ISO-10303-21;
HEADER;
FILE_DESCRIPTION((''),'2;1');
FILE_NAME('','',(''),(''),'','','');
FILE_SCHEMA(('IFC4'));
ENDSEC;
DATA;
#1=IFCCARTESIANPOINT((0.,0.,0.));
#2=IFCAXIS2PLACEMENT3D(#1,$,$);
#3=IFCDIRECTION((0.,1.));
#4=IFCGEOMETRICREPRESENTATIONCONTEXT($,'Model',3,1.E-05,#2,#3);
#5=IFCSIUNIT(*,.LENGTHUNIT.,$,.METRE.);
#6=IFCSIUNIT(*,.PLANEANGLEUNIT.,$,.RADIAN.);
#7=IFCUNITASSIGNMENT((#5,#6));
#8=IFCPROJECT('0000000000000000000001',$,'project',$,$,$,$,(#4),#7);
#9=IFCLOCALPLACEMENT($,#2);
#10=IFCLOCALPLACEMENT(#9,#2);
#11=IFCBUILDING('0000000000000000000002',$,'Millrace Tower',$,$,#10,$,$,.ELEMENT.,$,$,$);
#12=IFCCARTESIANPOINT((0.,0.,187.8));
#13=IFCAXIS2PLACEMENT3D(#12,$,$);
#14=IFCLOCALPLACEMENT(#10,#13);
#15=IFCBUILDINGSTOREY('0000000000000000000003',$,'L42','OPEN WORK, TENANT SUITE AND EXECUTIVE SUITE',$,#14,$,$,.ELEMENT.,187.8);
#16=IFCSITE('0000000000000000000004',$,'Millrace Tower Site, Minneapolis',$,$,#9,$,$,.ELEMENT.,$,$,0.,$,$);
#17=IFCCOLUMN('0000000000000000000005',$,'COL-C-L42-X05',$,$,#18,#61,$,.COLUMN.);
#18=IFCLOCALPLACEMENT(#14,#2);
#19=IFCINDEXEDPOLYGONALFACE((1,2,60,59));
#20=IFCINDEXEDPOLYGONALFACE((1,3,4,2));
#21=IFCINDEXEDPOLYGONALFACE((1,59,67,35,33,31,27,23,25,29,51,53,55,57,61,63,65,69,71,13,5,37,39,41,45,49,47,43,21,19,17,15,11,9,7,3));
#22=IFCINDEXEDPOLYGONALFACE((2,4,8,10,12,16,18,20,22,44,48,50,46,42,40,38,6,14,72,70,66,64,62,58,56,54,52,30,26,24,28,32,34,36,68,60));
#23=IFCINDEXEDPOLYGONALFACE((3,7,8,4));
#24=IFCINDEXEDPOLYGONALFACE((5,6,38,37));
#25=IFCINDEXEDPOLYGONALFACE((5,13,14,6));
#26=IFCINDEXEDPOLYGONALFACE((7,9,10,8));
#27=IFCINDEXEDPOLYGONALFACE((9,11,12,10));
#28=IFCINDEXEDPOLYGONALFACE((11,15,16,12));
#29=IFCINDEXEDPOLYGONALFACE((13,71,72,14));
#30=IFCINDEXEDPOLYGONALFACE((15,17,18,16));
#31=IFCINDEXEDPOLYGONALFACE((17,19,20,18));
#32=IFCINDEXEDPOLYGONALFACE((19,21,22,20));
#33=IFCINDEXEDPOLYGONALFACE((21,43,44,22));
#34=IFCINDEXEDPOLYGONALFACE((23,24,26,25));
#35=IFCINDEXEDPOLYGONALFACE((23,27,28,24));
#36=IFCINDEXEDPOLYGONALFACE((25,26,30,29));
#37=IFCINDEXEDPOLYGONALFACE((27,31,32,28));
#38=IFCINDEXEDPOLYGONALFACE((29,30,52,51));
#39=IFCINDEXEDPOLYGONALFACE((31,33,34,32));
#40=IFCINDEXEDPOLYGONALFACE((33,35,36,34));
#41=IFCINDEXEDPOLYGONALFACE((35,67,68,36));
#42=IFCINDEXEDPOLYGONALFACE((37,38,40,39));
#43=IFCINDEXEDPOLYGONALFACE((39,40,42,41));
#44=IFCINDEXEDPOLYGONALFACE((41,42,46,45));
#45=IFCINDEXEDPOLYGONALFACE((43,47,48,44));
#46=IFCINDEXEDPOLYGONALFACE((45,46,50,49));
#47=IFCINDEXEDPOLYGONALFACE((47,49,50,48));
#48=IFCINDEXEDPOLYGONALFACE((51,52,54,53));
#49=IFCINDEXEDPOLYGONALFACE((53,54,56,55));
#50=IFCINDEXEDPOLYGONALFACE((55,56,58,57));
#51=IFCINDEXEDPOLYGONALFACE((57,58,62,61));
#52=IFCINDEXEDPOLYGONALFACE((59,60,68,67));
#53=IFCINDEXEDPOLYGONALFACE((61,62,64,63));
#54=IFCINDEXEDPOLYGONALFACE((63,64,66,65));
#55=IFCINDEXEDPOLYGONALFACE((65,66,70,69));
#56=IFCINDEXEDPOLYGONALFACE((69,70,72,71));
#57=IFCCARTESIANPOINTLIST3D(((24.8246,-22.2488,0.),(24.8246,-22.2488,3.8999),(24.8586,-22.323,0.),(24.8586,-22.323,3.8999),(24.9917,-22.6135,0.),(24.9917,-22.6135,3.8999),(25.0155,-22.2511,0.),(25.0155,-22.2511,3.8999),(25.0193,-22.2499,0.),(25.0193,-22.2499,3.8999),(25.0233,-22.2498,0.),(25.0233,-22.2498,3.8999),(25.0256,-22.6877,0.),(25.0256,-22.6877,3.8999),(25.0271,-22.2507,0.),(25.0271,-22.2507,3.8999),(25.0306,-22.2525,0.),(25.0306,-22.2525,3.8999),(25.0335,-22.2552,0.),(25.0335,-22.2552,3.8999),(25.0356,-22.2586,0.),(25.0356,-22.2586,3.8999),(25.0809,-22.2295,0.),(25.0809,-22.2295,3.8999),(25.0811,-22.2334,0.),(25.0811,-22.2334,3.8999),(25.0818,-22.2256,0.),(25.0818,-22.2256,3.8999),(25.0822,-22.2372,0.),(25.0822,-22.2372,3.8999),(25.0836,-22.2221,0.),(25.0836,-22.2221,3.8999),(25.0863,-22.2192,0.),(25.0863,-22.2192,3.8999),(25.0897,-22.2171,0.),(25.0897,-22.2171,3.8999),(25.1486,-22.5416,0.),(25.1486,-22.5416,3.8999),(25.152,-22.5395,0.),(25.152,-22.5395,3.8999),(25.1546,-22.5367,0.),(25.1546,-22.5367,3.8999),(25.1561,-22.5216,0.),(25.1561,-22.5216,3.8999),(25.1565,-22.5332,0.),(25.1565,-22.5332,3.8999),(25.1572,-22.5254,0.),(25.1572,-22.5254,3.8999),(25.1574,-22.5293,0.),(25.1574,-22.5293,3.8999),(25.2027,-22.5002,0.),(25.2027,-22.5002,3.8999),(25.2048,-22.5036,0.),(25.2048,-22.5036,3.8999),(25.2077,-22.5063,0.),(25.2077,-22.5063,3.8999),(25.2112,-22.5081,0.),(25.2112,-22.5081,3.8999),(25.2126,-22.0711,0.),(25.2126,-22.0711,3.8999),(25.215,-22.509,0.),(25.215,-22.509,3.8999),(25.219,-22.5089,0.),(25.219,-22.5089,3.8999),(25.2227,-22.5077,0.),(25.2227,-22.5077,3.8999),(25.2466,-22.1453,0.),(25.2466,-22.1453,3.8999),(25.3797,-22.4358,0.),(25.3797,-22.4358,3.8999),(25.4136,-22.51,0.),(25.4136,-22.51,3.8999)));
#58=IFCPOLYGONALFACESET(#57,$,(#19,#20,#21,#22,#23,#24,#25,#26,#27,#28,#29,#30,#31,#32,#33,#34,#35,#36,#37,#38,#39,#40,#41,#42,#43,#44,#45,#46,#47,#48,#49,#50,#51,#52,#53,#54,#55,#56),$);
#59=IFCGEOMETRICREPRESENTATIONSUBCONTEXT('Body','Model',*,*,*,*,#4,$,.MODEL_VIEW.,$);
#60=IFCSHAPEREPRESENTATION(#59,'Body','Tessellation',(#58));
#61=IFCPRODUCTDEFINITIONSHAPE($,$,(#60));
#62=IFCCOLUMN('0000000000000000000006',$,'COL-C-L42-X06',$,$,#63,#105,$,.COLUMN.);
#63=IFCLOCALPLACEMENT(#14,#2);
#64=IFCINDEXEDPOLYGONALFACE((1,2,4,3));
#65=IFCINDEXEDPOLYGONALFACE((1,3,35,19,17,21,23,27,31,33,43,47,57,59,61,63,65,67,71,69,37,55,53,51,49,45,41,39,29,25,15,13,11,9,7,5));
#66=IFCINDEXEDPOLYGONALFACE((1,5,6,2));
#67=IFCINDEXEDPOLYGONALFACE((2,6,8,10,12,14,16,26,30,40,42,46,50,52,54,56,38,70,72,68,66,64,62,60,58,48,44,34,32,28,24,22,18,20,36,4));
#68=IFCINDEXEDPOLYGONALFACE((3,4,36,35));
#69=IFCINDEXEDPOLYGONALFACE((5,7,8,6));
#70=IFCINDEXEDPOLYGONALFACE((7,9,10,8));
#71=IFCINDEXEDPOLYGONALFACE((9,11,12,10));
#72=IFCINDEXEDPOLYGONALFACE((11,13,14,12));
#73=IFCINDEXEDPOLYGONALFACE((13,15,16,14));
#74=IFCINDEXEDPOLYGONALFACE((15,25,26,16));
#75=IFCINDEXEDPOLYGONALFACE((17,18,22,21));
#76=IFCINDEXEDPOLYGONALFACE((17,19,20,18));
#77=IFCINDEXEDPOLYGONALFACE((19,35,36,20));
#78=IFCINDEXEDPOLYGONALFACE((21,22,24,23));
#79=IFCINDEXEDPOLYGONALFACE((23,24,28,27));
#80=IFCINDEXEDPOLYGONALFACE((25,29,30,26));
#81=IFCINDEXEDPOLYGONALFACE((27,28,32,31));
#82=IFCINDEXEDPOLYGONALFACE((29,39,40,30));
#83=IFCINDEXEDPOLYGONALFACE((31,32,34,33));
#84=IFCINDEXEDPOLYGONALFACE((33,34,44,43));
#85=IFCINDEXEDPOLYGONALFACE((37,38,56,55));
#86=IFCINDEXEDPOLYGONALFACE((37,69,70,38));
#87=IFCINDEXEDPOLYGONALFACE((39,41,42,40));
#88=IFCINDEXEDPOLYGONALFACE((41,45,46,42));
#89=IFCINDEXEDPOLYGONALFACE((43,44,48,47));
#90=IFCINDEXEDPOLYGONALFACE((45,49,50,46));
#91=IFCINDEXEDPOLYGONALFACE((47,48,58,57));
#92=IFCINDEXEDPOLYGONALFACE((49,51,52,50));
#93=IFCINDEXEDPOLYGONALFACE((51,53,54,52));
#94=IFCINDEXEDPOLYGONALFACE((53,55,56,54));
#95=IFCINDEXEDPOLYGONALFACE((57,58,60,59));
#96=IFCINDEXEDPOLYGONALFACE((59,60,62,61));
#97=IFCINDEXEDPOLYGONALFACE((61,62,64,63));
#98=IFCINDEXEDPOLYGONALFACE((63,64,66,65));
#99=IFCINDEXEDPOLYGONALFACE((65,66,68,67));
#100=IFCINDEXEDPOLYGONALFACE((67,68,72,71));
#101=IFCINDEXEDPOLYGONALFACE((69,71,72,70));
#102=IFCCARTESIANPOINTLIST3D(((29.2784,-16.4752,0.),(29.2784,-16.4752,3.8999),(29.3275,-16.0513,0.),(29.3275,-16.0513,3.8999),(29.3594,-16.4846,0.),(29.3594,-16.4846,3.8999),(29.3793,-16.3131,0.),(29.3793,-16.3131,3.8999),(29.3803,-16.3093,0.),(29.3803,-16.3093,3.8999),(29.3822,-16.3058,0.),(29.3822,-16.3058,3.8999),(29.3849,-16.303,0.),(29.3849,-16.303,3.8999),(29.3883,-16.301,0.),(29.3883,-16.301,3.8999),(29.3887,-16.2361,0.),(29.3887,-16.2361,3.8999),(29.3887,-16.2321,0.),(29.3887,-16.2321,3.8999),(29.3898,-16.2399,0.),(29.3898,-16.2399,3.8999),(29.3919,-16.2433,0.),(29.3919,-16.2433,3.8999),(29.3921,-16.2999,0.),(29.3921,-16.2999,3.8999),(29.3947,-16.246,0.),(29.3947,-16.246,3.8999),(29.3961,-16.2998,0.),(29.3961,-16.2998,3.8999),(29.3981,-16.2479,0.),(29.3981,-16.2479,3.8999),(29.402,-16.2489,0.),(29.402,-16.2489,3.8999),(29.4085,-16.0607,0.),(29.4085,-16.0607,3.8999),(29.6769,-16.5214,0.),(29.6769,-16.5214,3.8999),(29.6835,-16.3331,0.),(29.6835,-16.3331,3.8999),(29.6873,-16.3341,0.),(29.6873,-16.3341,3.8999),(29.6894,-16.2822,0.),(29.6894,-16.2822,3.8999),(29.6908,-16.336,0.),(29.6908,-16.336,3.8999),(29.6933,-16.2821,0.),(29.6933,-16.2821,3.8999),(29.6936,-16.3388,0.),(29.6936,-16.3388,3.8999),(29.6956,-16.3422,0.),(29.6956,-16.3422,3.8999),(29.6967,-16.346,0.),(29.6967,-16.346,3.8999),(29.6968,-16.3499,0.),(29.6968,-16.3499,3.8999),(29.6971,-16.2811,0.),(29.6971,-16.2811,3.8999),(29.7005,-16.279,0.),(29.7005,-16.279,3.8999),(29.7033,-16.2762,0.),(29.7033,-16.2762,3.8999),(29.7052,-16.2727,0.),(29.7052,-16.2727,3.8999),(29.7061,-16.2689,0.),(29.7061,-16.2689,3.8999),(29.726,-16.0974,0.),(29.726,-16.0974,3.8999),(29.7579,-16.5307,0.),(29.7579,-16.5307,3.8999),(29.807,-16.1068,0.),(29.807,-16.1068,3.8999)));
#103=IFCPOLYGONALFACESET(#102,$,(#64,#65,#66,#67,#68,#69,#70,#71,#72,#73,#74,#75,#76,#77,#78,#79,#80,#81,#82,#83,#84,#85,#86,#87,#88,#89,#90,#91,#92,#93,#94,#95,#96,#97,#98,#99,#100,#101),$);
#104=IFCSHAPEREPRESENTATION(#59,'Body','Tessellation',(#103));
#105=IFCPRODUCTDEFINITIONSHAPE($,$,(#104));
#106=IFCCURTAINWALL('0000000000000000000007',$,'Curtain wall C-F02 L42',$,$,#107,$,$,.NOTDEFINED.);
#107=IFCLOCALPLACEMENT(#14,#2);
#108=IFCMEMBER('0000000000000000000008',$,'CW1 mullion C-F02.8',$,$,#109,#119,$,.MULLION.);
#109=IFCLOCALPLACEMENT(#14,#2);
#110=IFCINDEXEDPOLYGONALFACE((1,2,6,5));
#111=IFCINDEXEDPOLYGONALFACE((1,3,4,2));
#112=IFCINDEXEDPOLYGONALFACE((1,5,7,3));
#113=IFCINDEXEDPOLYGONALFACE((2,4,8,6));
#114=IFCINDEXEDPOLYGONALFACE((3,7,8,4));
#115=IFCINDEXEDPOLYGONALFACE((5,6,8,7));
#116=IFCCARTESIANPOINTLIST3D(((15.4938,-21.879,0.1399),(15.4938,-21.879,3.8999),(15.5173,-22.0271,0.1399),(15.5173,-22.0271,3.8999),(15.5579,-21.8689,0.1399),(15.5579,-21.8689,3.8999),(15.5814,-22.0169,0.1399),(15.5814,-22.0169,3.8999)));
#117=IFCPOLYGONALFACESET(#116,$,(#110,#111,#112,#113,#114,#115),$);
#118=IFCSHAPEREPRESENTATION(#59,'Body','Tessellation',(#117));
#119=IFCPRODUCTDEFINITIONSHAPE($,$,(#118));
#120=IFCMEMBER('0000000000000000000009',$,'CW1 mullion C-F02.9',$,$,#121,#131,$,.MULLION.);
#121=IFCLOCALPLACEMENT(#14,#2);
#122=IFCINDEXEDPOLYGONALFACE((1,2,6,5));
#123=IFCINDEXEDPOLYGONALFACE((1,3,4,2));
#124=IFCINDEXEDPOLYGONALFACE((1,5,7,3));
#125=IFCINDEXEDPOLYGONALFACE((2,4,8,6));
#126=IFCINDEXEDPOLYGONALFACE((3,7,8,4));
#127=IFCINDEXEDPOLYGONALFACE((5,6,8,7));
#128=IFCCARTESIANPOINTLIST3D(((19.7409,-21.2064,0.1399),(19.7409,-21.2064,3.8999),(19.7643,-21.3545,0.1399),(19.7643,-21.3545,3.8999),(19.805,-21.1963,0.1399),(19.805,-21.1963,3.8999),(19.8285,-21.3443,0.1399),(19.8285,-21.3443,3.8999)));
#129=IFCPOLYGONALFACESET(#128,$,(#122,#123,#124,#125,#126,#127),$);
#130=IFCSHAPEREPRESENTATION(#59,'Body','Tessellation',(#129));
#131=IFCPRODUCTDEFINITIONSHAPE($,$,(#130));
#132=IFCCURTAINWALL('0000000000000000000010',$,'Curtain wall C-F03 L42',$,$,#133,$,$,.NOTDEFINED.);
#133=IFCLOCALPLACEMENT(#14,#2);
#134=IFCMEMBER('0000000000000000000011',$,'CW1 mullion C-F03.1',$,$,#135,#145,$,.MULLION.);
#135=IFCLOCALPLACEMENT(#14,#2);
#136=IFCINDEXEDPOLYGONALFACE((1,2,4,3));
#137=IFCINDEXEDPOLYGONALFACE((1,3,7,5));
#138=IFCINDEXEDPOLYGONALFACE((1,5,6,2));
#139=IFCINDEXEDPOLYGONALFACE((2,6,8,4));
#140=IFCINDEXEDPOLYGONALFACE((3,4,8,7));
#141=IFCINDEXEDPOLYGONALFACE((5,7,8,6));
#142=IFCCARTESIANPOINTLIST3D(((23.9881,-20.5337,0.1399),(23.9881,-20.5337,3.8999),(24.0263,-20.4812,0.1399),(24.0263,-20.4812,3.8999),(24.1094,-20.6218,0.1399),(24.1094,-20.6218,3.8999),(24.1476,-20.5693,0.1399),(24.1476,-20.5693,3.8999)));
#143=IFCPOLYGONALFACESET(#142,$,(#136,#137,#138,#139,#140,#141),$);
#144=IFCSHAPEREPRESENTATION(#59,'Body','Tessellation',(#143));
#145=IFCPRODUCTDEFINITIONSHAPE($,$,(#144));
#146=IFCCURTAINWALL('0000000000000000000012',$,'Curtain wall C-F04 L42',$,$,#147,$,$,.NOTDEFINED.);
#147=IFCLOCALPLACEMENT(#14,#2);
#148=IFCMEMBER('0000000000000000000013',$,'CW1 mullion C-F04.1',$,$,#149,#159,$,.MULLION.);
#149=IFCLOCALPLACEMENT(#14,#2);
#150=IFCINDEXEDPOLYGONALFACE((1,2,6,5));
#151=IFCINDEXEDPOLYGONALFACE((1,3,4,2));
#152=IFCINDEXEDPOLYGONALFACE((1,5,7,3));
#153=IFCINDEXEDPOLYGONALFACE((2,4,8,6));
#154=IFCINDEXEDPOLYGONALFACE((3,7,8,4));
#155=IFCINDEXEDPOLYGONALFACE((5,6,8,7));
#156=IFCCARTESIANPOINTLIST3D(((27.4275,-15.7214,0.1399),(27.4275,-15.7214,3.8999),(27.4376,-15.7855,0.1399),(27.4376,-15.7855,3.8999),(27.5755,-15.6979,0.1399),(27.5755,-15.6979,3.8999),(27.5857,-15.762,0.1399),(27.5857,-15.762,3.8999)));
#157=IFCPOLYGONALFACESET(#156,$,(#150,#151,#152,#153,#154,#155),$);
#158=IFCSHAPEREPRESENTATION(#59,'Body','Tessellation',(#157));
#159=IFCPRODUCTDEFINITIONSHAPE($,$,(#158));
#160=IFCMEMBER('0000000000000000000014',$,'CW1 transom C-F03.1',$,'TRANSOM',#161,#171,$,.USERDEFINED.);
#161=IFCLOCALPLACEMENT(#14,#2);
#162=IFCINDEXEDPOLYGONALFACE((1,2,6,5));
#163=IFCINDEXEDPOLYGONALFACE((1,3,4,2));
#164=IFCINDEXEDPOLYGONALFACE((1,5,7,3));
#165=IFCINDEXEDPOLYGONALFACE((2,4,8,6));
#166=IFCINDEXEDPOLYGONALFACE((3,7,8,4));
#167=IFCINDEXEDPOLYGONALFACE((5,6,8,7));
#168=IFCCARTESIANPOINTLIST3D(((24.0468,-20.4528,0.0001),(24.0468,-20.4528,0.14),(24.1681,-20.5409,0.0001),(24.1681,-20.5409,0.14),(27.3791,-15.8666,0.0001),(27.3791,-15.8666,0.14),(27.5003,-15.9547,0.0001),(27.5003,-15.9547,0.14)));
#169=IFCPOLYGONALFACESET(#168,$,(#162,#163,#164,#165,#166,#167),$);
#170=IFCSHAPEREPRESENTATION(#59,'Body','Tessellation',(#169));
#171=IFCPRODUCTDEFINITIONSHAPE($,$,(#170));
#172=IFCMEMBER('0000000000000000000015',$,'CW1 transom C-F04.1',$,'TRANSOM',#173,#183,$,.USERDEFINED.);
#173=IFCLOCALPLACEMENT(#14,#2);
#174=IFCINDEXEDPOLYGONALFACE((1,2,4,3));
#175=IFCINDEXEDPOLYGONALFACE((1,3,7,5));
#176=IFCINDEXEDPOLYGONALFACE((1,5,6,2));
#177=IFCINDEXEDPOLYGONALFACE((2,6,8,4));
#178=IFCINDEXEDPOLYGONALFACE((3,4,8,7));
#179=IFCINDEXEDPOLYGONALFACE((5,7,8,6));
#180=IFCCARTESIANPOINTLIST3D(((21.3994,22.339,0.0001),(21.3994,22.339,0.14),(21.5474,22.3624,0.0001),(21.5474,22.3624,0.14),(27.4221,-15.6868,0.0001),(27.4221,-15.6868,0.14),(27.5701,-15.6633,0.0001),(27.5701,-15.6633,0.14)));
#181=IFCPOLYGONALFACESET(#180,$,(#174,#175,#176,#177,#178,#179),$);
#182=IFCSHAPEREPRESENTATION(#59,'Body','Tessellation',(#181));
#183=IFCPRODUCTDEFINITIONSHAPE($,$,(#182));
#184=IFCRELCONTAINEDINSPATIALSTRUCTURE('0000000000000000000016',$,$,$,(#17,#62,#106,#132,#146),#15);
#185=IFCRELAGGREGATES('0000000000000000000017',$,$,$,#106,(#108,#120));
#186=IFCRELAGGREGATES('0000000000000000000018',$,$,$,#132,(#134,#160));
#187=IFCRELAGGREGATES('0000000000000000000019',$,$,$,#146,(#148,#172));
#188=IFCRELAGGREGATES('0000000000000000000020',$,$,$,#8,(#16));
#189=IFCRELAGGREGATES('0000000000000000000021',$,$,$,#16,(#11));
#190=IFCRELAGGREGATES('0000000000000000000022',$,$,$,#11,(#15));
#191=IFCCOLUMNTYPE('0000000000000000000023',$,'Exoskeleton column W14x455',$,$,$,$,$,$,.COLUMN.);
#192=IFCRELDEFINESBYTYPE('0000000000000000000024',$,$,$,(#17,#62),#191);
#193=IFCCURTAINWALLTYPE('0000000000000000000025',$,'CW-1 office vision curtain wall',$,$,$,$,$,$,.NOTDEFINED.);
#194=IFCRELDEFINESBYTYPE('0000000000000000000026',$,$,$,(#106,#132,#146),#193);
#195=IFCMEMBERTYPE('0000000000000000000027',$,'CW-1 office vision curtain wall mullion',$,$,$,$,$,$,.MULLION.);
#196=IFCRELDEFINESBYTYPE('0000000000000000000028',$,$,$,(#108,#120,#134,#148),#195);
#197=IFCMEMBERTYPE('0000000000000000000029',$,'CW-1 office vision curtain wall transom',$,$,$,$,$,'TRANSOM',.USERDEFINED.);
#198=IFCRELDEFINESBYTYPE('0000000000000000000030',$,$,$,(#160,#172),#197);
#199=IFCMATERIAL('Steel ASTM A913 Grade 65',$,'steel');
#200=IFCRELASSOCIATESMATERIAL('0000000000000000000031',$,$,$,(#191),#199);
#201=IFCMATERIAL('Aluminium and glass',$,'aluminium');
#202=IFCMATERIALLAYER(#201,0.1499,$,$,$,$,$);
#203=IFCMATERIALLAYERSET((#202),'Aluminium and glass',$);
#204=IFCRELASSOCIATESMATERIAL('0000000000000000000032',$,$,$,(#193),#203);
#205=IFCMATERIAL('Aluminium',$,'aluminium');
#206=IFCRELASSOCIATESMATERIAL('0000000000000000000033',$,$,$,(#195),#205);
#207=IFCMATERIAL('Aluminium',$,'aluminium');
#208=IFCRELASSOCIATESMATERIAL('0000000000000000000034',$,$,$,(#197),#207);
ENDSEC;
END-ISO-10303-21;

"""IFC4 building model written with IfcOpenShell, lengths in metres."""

from ifc_helpers import new_model, si_unit, direction, frame, origin, origin_2d, place, context, subcontext, project, spatial, rectangle, i_section, extrude, material, layer, layer_set, material_profile, profile_set, type_object, element, aggregate, save


model = new_model("IFC4")

# Units and contexts
model_context = context("Model", 3, precision=1e-05, world=origin(), true_north=direction((0.0, 1.0)))
body_context = subcontext(model_context, "Body", "Model", "MODEL_VIEW")
ifc_project = project(units=[si_unit("LENGTHUNIT", "METRE"), si_unit("PLANEANGLEUNIT", "RADIAN")], contexts=[model_context])

# Site, building, storey
site_placement = place(None, origin())
site = spatial("IfcSite", under=ifc_project, at=site_placement, Name="Millrace Tower Site, Minneapolis", CompositionType="ELEMENT", RefElevation=0.0)
building_placement = place(site_placement, origin())
building = spatial("IfcBuilding", under=site, at=building_placement, Name="Millrace Tower", CompositionType="ELEMENT")
storey_placement = place(building_placement, frame((0.0, 0.0, 187.8)))
storey = spatial("IfcBuildingStorey", under=building, at=storey_placement, Name="L42", Description="OPEN WORK, TENANT SUITE AND EXECUTIVE SUITE", CompositionType="ELEMENT", Elevation=187.8)

# Columns
ifc_material_1 = material(Name="Steel ASTM A913 Grade 65", Category="steel")
ifc_material_profile_1 = material_profile(ifc_material_1, i_section(OverallWidth=0.4268, OverallDepth=0.4827, WebThickness=0.0513, FlangeThickness=0.0815, FilletRadius=0.0151, at=origin_2d()))
ifc_profile_set_1 = profile_set([ifc_material_profile_1], Name="Steel ASTM A913 Grade 65")
column_type = type_object("IfcColumnType", Name="Exoskeleton column W14x455", PredefinedType="COLUMN", material=ifc_profile_set_1)
for number, where, z_axis, x_axis, name in (
    (1, (25.1191, -22.3794, 0.0), (0.0, 0.0, 1.0), (0.909181, 0.416401, 0.0), "COL-C-L42-X05"),
    (2, (29.5427, -16.291, 0.0), (0.0, 0.0, 1.0), (0.115069, 0.993358, 0.0), "COL-C-L42-X06"),
):
    element("IfcColumn", number, at=place(storey_placement, frame(where, z_axis=z_axis, x_axis=x_axis)), inside=storey, type_object=column_type, Name=name, PredefinedType="COLUMN", context=body_context, shape_type="SweptSolid", body=[
        extrude(i_section(OverallWidth=0.4268, OverallDepth=0.4827, WebThickness=0.0513, FlangeThickness=0.0815, FilletRadius=0.0151, at=origin_2d()), origin(), (0.0, 0.0, 1.0), 3.8999),
    ])

# Curtain wall, members
ifc_material_2 = material(Name="Aluminium and glass", Category="aluminium")
ifc_layer_1 = layer(ifc_material_2, 0.1499)
ifc_layer_set_1 = layer_set([ifc_layer_1], Name="Aluminium and glass")
curtain_wall_type = type_object("IfcCurtainWallType", Name="CW-1 office vision curtain wall", PredefinedType="NOTDEFINED", material=ifc_layer_set_1)
placement = place(storey_placement, origin())
curtain_wall_1 = element("IfcCurtainWall", 3, at=placement, inside=storey, type_object=curtain_wall_type, Name="Curtain wall C-F02 L42", PredefinedType="NOTDEFINED")
ifc_material_3 = material(Name="Aluminium", Category="aluminium")
ifc_material_profile_2 = material_profile(ifc_material_3, rectangle(XDim=0.0649, YDim=0.1499, at=origin_2d()))
ifc_profile_set_2 = profile_set([ifc_material_profile_2], Name="Aluminium")
member_type_1 = type_object("IfcMemberType", Name="CW-1 office vision curtain wall mullion", PredefinedType="MULLION", material=ifc_profile_set_2)
member_1_placement = place(storey_placement, frame((15.5376, -21.948, 0.1399), z_axis=(0.0, 0.0, 1.0), x_axis=(0.987688, 0.156434, 0.0)))
member_1 = element("IfcMember", 4, at=member_1_placement, type_object=member_type_1, Name="CW1 mullion C-F02.8", PredefinedType="MULLION", context=body_context, shape_type="SweptSolid", body=[
    extrude(rectangle(XDim=0.0649, YDim=0.1499, at=origin_2d()), origin(), (0.0, 0.0, 1.0), 3.76),
])
member_2_placement = place(storey_placement, frame((19.7847, -21.2754, 0.1399), z_axis=(0.0, 0.0, 1.0), x_axis=(0.987688, 0.156434, 0.0)))
member_2 = element("IfcMember", 5, at=member_2_placement, type_object=member_type_1, Name="CW1 mullion C-F02.9", PredefinedType="MULLION", context=body_context, shape_type="SweptSolid", body=[
    extrude(rectangle(XDim=0.0649, YDim=0.1499, at=origin_2d()), origin(), (0.0, 0.0, 1.0), 3.76),
])
aggregate(curtain_wall_1, [member_1, member_2])

# Curtain walls, members
curtain_wall_2 = element("IfcCurtainWall", 6, at=placement, inside=storey, type_object=curtain_wall_type, Name="Curtain wall C-F03 L42", PredefinedType="NOTDEFINED")
member_3_placement = place(storey_placement, frame((24.0679, -20.5515, 0.1399), z_axis=(0.0, 0.0, 1.0), x_axis=(0.587785, 0.809017, 0.0)))
member_3 = element("IfcMember", 7, at=member_3_placement, type_object=member_type_1, Name="CW1 mullion C-F03.1", PredefinedType="MULLION", context=body_context, shape_type="SweptSolid", body=[
    extrude(rectangle(XDim=0.0649, YDim=0.1499, at=origin_2d()), origin(), (0.0, 0.0, 1.0), 3.76),
])
curtain_wall_3 = element("IfcCurtainWall", 8, at=placement, inside=storey, type_object=curtain_wall_type, Name="Curtain wall C-F04 L42", PredefinedType="NOTDEFINED")
member_4_placement = place(storey_placement, frame((27.5066, -15.7417, 0.1399), z_axis=(0.0, 0.0, 1.0), x_axis=(-0.156434, 0.987688, 0.0)))
member_4 = element("IfcMember", 9, at=member_4_placement, type_object=member_type_1, Name="CW1 mullion C-F04.1", PredefinedType="MULLION", context=body_context, shape_type="SweptSolid", body=[
    extrude(rectangle(XDim=0.0649, YDim=0.1499, at=origin_2d()), origin(), (0.0, 0.0, 1.0), 3.76),
])

# Members
ifc_material_4 = material(Name="Aluminium", Category="aluminium")
ifc_material_profile_3 = material_profile(ifc_material_4, rectangle(XDim=0.1499, YDim=0.1399, at=origin_2d()))
ifc_profile_set_3 = profile_set([ifc_material_profile_3], Name="Aluminium")
member_type_2 = type_object("IfcMemberType", Name="CW-1 office vision curtain wall transom", ElementType="TRANSOM", PredefinedType="USERDEFINED", material=ifc_profile_set_3)
member_5_placement = place(storey_placement, frame((24.1074, -20.4968, 0.0701), z_axis=(0.587811, 0.808999, 0.0), x_axis=(-0.808999, 0.587811, 0.0)))
member_5 = element("IfcMember", 10, at=member_5_placement, type_object=member_type_2, Name="CW1 transom C-F03.1", ObjectType="TRANSOM", PredefinedType="USERDEFINED", context=body_context, shape_type="SweptSolid", body=[
    extrude(rectangle(XDim=0.1499, YDim=0.1399, at=origin_2d()), origin(), (0.0, 0.0, 1.0), 5.6689),
])
aggregate(curtain_wall_2, [member_3, member_5])
member_6_placement = place(storey_placement, frame((27.4961, -15.675, 0.0701), z_axis=(-0.156434, 0.987688, 0.0), x_axis=(-0.987688, -0.156434, 0.0)))
member_6 = element("IfcMember", 11, at=member_6_placement, type_object=member_type_2, Name="CW1 transom C-F04.1", ObjectType="TRANSOM", PredefinedType="USERDEFINED", context=body_context, shape_type="SweptSolid", body=[
    extrude(rectangle(XDim=0.1499, YDim=0.1399, at=origin_2d()), origin(), (0.0, 0.0, 1.0), 38.4998),
])
aggregate(curtain_wall_3, [member_4, member_6])

save(model, "model.ifc")
